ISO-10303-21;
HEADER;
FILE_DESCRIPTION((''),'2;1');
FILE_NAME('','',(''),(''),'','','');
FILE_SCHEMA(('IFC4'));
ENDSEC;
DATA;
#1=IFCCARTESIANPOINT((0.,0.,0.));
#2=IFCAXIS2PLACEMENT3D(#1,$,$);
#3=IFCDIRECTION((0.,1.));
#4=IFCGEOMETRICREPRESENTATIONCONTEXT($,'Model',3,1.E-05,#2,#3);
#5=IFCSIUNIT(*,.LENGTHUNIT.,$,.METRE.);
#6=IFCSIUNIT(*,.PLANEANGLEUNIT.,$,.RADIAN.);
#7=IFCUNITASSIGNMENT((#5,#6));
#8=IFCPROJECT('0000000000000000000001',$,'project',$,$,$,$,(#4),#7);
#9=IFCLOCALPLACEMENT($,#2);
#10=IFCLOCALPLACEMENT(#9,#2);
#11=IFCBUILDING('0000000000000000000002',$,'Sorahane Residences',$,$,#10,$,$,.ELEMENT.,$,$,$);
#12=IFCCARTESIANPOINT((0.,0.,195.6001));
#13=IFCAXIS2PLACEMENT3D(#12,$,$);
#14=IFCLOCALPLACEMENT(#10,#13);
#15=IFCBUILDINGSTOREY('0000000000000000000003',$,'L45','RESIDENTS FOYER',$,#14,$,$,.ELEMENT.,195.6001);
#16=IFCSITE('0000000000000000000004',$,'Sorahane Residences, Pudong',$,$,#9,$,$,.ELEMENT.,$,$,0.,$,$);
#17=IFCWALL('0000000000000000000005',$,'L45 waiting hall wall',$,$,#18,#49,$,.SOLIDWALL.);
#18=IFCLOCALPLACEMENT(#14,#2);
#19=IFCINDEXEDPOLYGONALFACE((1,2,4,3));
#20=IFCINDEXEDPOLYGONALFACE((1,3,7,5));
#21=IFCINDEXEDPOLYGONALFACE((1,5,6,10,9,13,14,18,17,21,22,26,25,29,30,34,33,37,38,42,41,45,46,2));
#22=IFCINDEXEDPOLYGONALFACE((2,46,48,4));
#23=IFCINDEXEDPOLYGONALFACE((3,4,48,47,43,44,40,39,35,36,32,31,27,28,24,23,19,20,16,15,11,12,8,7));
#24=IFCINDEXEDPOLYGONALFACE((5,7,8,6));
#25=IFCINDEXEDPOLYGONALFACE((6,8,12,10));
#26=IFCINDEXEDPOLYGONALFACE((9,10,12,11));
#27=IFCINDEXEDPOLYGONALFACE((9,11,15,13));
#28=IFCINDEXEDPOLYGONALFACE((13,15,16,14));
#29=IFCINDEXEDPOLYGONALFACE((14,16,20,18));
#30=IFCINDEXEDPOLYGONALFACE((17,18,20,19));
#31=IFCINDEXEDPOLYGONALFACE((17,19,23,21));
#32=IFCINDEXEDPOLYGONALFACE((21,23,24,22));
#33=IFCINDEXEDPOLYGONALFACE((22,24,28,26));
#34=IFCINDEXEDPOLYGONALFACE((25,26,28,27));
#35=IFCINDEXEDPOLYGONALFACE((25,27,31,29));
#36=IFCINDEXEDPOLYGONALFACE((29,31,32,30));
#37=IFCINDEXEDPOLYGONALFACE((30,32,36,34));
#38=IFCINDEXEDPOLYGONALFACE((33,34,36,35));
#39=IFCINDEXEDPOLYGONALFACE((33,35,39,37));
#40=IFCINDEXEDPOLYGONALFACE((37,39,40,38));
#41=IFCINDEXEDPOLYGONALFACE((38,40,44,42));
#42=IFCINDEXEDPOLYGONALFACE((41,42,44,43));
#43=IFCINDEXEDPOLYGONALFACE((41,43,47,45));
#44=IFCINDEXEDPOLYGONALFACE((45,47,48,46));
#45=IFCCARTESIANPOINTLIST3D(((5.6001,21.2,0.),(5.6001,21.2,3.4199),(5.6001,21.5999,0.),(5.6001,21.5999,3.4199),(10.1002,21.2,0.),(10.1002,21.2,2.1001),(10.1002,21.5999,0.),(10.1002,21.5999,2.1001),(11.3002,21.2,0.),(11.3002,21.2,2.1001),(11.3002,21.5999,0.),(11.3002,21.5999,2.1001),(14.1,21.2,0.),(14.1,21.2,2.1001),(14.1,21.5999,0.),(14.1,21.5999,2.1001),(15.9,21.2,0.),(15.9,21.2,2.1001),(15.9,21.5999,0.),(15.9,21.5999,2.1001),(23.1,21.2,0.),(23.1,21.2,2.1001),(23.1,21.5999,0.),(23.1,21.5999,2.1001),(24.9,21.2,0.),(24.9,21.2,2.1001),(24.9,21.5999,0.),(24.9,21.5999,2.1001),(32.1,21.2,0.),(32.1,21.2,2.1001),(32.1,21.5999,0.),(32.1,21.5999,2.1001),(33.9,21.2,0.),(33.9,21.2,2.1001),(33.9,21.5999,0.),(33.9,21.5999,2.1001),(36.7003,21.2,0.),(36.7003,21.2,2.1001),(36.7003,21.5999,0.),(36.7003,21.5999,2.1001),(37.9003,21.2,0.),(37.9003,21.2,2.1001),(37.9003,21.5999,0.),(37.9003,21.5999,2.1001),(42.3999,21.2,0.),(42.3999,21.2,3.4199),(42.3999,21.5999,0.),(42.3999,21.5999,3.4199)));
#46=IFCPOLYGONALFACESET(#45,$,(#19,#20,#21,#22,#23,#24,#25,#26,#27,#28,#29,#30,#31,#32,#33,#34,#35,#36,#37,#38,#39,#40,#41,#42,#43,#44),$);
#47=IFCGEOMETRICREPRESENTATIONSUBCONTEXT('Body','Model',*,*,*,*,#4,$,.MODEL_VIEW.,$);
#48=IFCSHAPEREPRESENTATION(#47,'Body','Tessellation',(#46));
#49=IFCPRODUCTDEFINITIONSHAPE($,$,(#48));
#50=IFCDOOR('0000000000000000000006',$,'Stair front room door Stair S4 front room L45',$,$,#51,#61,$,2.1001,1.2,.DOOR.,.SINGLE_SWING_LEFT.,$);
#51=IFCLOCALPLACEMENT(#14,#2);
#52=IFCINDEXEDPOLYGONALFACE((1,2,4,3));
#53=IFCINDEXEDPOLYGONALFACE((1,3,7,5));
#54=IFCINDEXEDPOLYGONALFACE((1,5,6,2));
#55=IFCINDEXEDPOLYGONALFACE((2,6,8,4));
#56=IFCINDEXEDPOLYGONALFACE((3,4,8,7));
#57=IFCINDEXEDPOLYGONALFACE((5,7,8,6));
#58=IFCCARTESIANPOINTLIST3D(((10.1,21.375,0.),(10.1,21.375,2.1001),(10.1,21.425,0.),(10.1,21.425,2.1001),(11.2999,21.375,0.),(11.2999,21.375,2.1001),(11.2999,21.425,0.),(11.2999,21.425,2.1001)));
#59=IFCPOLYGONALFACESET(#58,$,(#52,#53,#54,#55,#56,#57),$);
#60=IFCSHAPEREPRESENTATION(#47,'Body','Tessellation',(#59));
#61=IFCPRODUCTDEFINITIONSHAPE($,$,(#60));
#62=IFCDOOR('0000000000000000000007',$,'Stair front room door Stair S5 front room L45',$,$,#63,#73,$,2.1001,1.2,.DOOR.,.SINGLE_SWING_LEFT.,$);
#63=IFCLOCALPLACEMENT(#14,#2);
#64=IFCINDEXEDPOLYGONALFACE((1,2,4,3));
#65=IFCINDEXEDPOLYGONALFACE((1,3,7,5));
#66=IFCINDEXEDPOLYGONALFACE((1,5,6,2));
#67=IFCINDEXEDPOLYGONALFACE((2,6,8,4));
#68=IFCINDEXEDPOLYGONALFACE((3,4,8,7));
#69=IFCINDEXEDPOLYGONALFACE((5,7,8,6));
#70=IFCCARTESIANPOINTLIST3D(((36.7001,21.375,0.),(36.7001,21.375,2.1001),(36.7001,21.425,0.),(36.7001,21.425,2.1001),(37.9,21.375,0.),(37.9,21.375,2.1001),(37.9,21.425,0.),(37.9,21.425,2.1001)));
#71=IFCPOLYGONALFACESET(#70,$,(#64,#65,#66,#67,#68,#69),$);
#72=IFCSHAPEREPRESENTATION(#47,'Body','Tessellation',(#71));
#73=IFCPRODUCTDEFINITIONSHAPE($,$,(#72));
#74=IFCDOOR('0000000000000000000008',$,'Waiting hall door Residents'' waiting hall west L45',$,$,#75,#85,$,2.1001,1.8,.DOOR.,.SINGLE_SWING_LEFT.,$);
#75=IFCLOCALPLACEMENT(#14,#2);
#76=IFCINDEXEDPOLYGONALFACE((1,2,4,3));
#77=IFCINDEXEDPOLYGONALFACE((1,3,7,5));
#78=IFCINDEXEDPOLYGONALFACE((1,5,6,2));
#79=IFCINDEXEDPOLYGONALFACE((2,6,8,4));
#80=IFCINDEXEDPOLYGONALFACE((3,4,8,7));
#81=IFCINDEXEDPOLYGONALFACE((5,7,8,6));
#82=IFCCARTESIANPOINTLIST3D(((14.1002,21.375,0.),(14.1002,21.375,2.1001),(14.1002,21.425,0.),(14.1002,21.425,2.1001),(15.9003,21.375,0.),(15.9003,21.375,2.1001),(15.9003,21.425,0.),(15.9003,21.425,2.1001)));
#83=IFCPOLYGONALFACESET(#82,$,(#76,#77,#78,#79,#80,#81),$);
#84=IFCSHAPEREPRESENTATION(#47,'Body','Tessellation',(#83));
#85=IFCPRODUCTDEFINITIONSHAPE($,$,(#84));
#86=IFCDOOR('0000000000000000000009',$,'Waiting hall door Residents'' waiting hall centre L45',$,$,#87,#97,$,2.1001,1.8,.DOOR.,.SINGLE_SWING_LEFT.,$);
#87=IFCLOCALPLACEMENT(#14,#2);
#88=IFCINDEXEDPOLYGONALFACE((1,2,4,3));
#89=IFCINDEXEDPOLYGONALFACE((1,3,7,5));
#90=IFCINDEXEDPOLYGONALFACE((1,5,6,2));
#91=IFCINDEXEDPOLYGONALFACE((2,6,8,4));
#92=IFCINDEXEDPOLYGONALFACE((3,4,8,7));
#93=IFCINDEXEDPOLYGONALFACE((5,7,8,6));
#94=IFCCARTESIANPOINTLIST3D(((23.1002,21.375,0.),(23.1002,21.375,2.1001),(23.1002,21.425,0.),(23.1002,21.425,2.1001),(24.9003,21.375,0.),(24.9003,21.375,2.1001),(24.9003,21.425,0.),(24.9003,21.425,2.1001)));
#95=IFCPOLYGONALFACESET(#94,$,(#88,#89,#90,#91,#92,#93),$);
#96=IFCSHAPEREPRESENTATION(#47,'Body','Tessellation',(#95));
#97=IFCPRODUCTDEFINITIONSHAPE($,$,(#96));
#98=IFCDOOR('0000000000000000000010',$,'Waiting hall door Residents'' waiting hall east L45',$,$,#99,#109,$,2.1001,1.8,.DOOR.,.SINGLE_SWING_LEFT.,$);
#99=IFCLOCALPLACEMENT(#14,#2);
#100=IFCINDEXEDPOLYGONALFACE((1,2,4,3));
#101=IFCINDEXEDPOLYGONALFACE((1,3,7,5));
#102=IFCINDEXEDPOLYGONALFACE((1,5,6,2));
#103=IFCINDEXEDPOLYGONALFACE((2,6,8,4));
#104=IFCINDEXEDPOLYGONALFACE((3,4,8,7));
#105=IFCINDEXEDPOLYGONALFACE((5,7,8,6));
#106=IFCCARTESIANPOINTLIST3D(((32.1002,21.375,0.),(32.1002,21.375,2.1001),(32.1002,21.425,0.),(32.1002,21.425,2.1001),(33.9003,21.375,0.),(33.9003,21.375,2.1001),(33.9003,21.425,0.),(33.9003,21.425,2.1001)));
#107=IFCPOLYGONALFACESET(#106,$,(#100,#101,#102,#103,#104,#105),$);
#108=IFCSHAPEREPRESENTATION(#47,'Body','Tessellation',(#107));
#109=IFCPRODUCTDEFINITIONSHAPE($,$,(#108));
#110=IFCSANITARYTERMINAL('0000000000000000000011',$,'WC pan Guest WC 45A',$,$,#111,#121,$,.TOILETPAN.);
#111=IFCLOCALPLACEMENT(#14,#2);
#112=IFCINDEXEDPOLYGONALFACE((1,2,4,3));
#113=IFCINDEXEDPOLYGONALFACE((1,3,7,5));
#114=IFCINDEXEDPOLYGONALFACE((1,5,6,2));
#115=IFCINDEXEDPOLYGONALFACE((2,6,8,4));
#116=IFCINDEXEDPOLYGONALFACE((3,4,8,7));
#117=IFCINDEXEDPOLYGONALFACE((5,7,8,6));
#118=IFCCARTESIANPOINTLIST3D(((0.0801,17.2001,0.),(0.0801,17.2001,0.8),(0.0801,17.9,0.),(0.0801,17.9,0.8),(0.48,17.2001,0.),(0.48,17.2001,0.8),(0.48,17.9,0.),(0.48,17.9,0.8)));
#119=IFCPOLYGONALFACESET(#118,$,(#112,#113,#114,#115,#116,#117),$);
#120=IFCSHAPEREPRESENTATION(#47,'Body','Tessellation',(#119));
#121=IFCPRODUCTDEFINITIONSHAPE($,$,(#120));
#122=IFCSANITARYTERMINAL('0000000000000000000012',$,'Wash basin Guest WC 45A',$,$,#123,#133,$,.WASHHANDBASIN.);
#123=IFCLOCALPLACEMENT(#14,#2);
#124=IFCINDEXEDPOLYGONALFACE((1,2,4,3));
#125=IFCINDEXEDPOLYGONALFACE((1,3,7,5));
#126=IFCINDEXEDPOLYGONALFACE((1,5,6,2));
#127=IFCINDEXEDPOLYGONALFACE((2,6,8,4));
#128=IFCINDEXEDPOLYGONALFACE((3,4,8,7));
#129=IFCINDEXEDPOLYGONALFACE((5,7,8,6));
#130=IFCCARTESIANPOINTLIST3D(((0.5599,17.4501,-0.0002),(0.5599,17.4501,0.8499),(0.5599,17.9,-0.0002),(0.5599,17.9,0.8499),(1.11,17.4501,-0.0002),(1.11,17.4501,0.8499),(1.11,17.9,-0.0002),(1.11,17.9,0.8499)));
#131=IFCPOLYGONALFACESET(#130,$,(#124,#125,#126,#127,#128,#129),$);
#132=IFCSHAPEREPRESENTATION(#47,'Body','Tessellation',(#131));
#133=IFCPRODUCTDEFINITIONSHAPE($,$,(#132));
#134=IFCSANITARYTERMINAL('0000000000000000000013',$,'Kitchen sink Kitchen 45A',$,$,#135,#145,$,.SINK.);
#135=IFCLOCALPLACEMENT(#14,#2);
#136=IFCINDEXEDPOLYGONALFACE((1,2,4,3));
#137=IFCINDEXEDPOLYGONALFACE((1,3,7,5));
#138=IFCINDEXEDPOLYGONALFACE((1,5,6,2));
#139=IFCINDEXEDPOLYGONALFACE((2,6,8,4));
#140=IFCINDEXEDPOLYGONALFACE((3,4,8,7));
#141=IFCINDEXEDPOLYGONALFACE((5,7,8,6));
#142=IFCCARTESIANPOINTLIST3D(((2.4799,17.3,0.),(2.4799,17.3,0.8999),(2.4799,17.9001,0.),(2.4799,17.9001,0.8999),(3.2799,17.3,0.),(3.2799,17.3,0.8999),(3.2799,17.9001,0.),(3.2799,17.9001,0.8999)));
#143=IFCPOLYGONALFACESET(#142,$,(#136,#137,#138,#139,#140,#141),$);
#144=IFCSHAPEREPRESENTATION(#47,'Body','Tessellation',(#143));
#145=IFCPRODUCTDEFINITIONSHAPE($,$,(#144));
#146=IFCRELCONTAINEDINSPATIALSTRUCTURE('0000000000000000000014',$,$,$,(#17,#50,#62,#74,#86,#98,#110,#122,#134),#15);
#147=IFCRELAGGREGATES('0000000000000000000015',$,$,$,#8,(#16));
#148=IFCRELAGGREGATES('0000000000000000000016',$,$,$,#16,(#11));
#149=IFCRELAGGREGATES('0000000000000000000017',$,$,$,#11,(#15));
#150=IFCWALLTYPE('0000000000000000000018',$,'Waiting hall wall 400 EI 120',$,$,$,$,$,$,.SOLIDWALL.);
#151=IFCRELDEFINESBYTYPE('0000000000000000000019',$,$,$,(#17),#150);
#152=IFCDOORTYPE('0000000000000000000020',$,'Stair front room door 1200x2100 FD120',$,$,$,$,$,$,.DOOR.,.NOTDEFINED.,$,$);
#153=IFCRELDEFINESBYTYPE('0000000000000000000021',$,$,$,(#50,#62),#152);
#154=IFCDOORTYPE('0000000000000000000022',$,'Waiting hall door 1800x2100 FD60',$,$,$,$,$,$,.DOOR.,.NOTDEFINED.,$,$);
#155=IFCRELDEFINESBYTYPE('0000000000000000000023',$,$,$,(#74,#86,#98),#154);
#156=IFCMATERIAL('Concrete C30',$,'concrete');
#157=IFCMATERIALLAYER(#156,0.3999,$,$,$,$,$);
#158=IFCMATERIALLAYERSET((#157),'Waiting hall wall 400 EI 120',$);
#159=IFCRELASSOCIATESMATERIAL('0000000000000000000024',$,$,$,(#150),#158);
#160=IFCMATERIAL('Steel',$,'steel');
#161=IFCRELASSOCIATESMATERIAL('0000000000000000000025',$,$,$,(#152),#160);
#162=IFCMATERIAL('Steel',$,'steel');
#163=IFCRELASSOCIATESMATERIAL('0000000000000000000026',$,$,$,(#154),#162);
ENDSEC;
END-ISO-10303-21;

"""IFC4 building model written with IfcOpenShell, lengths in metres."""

from ifc_helpers import new_model, si_unit, direction, frame, frame_2d, origin, origin_2d, place, context, subcontext, project, spatial, rectangle, extrude, material, layer, layer_set, type_object, element, fill, save


model = new_model("IFC4")

# Units and contexts
model_context = context("Model", 3, precision=1e-05, world=origin(), true_north=direction((0.0, 1.0)))
body_context = subcontext(model_context, "Body", "Model", "MODEL_VIEW")
ifc_project = project(units=[si_unit("LENGTHUNIT", "METRE"), si_unit("PLANEANGLEUNIT", "RADIAN")], contexts=[model_context])

# Site, building, storey
site_placement = place(None, origin())
site = spatial("IfcSite", under=ifc_project, at=site_placement, Name="Sorahane Residences, Pudong", CompositionType="ELEMENT", RefElevation=0.0)
building_placement = place(site_placement, origin())
building = spatial("IfcBuilding", under=site, at=building_placement, Name="Sorahane Residences", CompositionType="ELEMENT")
storey_placement = place(building_placement, frame((0.0, 0.0, 195.6001)))
storey = spatial("IfcBuildingStorey", under=building, at=storey_placement, Name="L45", Description="RESIDENTS FOYER", CompositionType="ELEMENT", Elevation=195.6001)

# Wall, openings, doors
ifc_material_1 = material(Name="Concrete C30", Category="concrete")
ifc_layer_1 = layer(ifc_material_1, 0.3999)
ifc_layer_set_1 = layer_set([ifc_layer_1], Name="Waiting hall wall 400 EI 120")
wall_type_1 = type_object("IfcWallType", Name="Waiting hall wall 400 EI 120", PredefinedType="SOLIDWALL", material=ifc_layer_set_1)
wall_1_placement = place(storey_placement, frame((5.6001, 21.3999, 0.0), z_axis=(0.0, 0.0, 1.0), x_axis=(1.0, 0.0, 0.0)))
wall_1 = element("IfcWall", 1, at=wall_1_placement, inside=storey, type_object=wall_type_1, Name="L45 waiting hall wall", PredefinedType="SOLIDWALL", context=body_context, shape_type="SweptSolid", body=[
    extrude(rectangle(XDim=36.7998, YDim=0.3999, at=frame_2d((18.3999, 0.0))), origin(), (0.0, 0.0, 1.0), 3.4199),
])
opening_1_placement = place(wall_1_placement, frame((8.5, 0.0, 0.0)))
opening_1 = element("IfcOpeningElement", 2, at=opening_1_placement, cuts=wall_1, PredefinedType="OPENING", context=body_context, shape_type="SweptSolid", body=[
    extrude(rectangle(XDim=1.8, YDim=2.1001, at=frame_2d((0.8999, 1.05))), frame((0.0, 0.21, 0.0), z_axis=(0.0, -1.0, 0.0), x_axis=(1.0, 0.0, 0.0)), (0.0, 0.0, 1.0), 0.4199),
])
opening_2_placement = place(wall_1_placement, frame((17.5, 0.0, 0.0)))
opening_2 = element("IfcOpeningElement", 3, at=opening_2_placement, cuts=wall_1, PredefinedType="OPENING", context=body_context, shape_type="SweptSolid", body=[
    extrude(rectangle(XDim=1.8, YDim=2.1001, at=frame_2d((0.8999, 1.05))), frame((0.0, 0.21, 0.0), z_axis=(0.0, -1.0, 0.0), x_axis=(1.0, 0.0, 0.0)), (0.0, 0.0, 1.0), 0.4199),
])
opening_3_placement = place(wall_1_placement, frame((26.5, 0.0, 0.0)))
opening_3 = element("IfcOpeningElement", 4, at=opening_3_placement, cuts=wall_1, PredefinedType="OPENING", context=body_context, shape_type="SweptSolid", body=[
    extrude(rectangle(XDim=1.8, YDim=2.1001, at=frame_2d((0.8999, 1.05))), frame((0.0, 0.21, 0.0), z_axis=(0.0, -1.0, 0.0), x_axis=(1.0, 0.0, 0.0)), (0.0, 0.0, 1.0), 0.4199),
])
opening_4_placement = place(wall_1_placement, frame((4.5, 0.0, 0.0)))
opening_4 = element("IfcOpeningElement", 5, at=opening_4_placement, cuts=wall_1, PredefinedType="OPENING", context=body_context, shape_type="SweptSolid", body=[
    extrude(rectangle(XDim=1.2, YDim=2.1001, at=frame_2d((0.6001, 1.05))), frame((0.0, 0.21, 0.0), z_axis=(0.0, -1.0, 0.0), x_axis=(1.0, 0.0, 0.0)), (0.0, 0.0, 1.0), 0.4199),
])
opening_5_placement = place(wall_1_placement, frame((31.1001, 0.0, 0.0)))
opening_5 = element("IfcOpeningElement", 6, at=opening_5_placement, cuts=wall_1, PredefinedType="OPENING", context=body_context, shape_type="SweptSolid", body=[
    extrude(rectangle(XDim=1.2, YDim=2.1001, at=frame_2d((0.6001, 1.05))), frame((0.0, 0.21, 0.0), z_axis=(0.0, -1.0, 0.0), x_axis=(1.0, 0.0, 0.0)), (0.0, 0.0, 1.0), 0.4199),
])
ifc_material_2 = material(Name="Steel", Category="steel")
door_type_1 = type_object("IfcDoorType", Name="Stair front room door 1200x2100 FD120", OperationType="NOTDEFINED", PredefinedType="DOOR", material=ifc_material_2)
door_1_placement = place(opening_4_placement, frame((1.2, 0.0, 0.0), z_axis=(0.0, 0.0, 1.0), x_axis=(-1.0, 0.0, 0.0)))
door_1 = element("IfcDoor", 7, at=door_1_placement, inside=storey, type_object=door_type_1, Name="Stair front room door Stair S4 front room L45", OperationType="SINGLE_SWING_LEFT", OverallHeight=2.1001, OverallWidth=1.2, PredefinedType="DOOR", context=body_context, shape_type="SweptSolid", body=[
    extrude(rectangle(XDim=1.2, YDim=2.1001, at=frame_2d((0.6001, 1.05))), frame((0.0, 0.0249, 0.0), z_axis=(0.0, -1.0, 0.0), x_axis=(1.0, 0.0, 0.0)), (0.0, 0.0, 1.0), 0.05),
])
fill(opening_4, door_1)
door_2_placement = place(opening_5_placement, frame((1.2, 0.0, 0.0), z_axis=(0.0, 0.0, 1.0), x_axis=(-1.0, 0.0, 0.0)))
door_2 = element("IfcDoor", 8, at=door_2_placement, inside=storey, type_object=door_type_1, Name="Stair front room door Stair S5 front room L45", OperationType="SINGLE_SWING_LEFT", OverallHeight=2.1001, OverallWidth=1.2, PredefinedType="DOOR", context=body_context, shape_type="SweptSolid", body=[
    extrude(rectangle(XDim=1.2, YDim=2.1001, at=frame_2d((0.6001, 1.05))), frame((0.0, 0.0249, 0.0), z_axis=(0.0, -1.0, 0.0), x_axis=(1.0, 0.0, 0.0)), (0.0, 0.0, 1.0), 0.05),
])
fill(opening_5, door_2)
ifc_material_3 = material(Name="Steel", Category="steel")
door_type_2 = type_object("IfcDoorType", Name="Waiting hall door 1800x2100 FD60", OperationType="NOTDEFINED", PredefinedType="DOOR", material=ifc_material_3)
door_3_placement = place(opening_1_placement, frame((1.8, 0.0, 0.0), z_axis=(0.0, 0.0, 1.0), x_axis=(-1.0, 0.0, 0.0)))
door_3 = element("IfcDoor", 9, at=door_3_placement, inside=storey, type_object=door_type_2, Name="Waiting hall door Residents' waiting hall west L45", OperationType="SINGLE_SWING_LEFT", OverallHeight=2.1001, OverallWidth=1.8, PredefinedType="DOOR", context=body_context, shape_type="SweptSolid", body=[
    extrude(rectangle(XDim=1.8, YDim=2.1001, at=frame_2d((0.8999, 1.05))), frame((0.0, 0.0249, 0.0), z_axis=(0.0, -1.0, 0.0), x_axis=(1.0, 0.0, 0.0)), (0.0, 0.0, 1.0), 0.05),
])
fill(opening_1, door_3)
door_4_placement = place(opening_2_placement, frame((1.8, 0.0, 0.0), z_axis=(0.0, 0.0, 1.0), x_axis=(-1.0, 0.0, 0.0)))
door_4 = element("IfcDoor", 10, at=door_4_placement, inside=storey, type_object=door_type_2, Name="Waiting hall door Residents' waiting hall centre L45", OperationType="SINGLE_SWING_LEFT", OverallHeight=2.1001, OverallWidth=1.8, PredefinedType="DOOR", context=body_context, shape_type="SweptSolid", body=[
    extrude(rectangle(XDim=1.8, YDim=2.1001, at=frame_2d((0.8999, 1.05))), frame((0.0, 0.0249, 0.0), z_axis=(0.0, -1.0, 0.0), x_axis=(1.0, 0.0, 0.0)), (0.0, 0.0, 1.0), 0.05),
])
fill(opening_2, door_4)
door_5_placement = place(opening_3_placement, frame((1.8, 0.0, 0.0), z_axis=(0.0, 0.0, 1.0), x_axis=(-1.0, 0.0, 0.0)))
door_5 = element("IfcDoor", 11, at=door_5_placement, inside=storey, type_object=door_type_2, Name="Waiting hall door Residents' waiting hall east L45", OperationType="SINGLE_SWING_LEFT", OverallHeight=2.1001, OverallWidth=1.8, PredefinedType="DOOR", context=body_context, shape_type="SweptSolid", body=[
    extrude(rectangle(XDim=1.8, YDim=2.1001, at=frame_2d((0.8999, 1.05))), frame((0.0, 0.0249, 0.0), z_axis=(0.0, -1.0, 0.0), x_axis=(1.0, 0.0, 0.0)), (0.0, 0.0, 1.0), 0.05),
])
fill(opening_3, door_5)

# Sanitary terminals
sanitary_terminal_1_placement = place(storey_placement, frame((0.28, 17.55, 0.0), z_axis=(0.0, 0.0, 1.0), x_axis=(1.0, 0.0, 0.0)))
element("IfcSanitaryTerminal", 12, at=sanitary_terminal_1_placement, inside=storey, Name="WC pan Guest WC 45A", PredefinedType="TOILETPAN", context=body_context, shape_type="SweptSolid", body=[
    extrude(rectangle(XDim=0.3999, YDim=0.7, at=origin_2d()), origin(), (0.0, 0.0, 1.0), 0.8),
])
sanitary_terminal_2_placement = place(storey_placement, frame((0.835, 17.675, -0.0002), z_axis=(0.0, 0.0, 1.0), x_axis=(1.0, 0.0, 0.0)))
element("IfcSanitaryTerminal", 13, at=sanitary_terminal_2_placement, inside=storey, Name="Wash basin Guest WC 45A", PredefinedType="WASHHANDBASIN", context=body_context, shape_type="SweptSolid", body=[
    extrude(rectangle(XDim=0.55, YDim=0.45, at=origin_2d()), origin(), (0.0, 0.0, 1.0), 0.8501),
])
sanitary_terminal_3_placement = place(storey_placement, frame((2.8799, 17.6001, 0.0), z_axis=(0.0, 0.0, 1.0), x_axis=(1.0, 0.0, 0.0)))
element("IfcSanitaryTerminal", 14, at=sanitary_terminal_3_placement, inside=storey, Name="Kitchen sink Kitchen 45A", PredefinedType="SINK", context=body_context, shape_type="SweptSolid", body=[
    extrude(rectangle(XDim=0.8, YDim=0.6001, at=origin_2d()), origin(), (0.0, 0.0, 1.0), 0.8999),
])

save(model, "model.ifc")
